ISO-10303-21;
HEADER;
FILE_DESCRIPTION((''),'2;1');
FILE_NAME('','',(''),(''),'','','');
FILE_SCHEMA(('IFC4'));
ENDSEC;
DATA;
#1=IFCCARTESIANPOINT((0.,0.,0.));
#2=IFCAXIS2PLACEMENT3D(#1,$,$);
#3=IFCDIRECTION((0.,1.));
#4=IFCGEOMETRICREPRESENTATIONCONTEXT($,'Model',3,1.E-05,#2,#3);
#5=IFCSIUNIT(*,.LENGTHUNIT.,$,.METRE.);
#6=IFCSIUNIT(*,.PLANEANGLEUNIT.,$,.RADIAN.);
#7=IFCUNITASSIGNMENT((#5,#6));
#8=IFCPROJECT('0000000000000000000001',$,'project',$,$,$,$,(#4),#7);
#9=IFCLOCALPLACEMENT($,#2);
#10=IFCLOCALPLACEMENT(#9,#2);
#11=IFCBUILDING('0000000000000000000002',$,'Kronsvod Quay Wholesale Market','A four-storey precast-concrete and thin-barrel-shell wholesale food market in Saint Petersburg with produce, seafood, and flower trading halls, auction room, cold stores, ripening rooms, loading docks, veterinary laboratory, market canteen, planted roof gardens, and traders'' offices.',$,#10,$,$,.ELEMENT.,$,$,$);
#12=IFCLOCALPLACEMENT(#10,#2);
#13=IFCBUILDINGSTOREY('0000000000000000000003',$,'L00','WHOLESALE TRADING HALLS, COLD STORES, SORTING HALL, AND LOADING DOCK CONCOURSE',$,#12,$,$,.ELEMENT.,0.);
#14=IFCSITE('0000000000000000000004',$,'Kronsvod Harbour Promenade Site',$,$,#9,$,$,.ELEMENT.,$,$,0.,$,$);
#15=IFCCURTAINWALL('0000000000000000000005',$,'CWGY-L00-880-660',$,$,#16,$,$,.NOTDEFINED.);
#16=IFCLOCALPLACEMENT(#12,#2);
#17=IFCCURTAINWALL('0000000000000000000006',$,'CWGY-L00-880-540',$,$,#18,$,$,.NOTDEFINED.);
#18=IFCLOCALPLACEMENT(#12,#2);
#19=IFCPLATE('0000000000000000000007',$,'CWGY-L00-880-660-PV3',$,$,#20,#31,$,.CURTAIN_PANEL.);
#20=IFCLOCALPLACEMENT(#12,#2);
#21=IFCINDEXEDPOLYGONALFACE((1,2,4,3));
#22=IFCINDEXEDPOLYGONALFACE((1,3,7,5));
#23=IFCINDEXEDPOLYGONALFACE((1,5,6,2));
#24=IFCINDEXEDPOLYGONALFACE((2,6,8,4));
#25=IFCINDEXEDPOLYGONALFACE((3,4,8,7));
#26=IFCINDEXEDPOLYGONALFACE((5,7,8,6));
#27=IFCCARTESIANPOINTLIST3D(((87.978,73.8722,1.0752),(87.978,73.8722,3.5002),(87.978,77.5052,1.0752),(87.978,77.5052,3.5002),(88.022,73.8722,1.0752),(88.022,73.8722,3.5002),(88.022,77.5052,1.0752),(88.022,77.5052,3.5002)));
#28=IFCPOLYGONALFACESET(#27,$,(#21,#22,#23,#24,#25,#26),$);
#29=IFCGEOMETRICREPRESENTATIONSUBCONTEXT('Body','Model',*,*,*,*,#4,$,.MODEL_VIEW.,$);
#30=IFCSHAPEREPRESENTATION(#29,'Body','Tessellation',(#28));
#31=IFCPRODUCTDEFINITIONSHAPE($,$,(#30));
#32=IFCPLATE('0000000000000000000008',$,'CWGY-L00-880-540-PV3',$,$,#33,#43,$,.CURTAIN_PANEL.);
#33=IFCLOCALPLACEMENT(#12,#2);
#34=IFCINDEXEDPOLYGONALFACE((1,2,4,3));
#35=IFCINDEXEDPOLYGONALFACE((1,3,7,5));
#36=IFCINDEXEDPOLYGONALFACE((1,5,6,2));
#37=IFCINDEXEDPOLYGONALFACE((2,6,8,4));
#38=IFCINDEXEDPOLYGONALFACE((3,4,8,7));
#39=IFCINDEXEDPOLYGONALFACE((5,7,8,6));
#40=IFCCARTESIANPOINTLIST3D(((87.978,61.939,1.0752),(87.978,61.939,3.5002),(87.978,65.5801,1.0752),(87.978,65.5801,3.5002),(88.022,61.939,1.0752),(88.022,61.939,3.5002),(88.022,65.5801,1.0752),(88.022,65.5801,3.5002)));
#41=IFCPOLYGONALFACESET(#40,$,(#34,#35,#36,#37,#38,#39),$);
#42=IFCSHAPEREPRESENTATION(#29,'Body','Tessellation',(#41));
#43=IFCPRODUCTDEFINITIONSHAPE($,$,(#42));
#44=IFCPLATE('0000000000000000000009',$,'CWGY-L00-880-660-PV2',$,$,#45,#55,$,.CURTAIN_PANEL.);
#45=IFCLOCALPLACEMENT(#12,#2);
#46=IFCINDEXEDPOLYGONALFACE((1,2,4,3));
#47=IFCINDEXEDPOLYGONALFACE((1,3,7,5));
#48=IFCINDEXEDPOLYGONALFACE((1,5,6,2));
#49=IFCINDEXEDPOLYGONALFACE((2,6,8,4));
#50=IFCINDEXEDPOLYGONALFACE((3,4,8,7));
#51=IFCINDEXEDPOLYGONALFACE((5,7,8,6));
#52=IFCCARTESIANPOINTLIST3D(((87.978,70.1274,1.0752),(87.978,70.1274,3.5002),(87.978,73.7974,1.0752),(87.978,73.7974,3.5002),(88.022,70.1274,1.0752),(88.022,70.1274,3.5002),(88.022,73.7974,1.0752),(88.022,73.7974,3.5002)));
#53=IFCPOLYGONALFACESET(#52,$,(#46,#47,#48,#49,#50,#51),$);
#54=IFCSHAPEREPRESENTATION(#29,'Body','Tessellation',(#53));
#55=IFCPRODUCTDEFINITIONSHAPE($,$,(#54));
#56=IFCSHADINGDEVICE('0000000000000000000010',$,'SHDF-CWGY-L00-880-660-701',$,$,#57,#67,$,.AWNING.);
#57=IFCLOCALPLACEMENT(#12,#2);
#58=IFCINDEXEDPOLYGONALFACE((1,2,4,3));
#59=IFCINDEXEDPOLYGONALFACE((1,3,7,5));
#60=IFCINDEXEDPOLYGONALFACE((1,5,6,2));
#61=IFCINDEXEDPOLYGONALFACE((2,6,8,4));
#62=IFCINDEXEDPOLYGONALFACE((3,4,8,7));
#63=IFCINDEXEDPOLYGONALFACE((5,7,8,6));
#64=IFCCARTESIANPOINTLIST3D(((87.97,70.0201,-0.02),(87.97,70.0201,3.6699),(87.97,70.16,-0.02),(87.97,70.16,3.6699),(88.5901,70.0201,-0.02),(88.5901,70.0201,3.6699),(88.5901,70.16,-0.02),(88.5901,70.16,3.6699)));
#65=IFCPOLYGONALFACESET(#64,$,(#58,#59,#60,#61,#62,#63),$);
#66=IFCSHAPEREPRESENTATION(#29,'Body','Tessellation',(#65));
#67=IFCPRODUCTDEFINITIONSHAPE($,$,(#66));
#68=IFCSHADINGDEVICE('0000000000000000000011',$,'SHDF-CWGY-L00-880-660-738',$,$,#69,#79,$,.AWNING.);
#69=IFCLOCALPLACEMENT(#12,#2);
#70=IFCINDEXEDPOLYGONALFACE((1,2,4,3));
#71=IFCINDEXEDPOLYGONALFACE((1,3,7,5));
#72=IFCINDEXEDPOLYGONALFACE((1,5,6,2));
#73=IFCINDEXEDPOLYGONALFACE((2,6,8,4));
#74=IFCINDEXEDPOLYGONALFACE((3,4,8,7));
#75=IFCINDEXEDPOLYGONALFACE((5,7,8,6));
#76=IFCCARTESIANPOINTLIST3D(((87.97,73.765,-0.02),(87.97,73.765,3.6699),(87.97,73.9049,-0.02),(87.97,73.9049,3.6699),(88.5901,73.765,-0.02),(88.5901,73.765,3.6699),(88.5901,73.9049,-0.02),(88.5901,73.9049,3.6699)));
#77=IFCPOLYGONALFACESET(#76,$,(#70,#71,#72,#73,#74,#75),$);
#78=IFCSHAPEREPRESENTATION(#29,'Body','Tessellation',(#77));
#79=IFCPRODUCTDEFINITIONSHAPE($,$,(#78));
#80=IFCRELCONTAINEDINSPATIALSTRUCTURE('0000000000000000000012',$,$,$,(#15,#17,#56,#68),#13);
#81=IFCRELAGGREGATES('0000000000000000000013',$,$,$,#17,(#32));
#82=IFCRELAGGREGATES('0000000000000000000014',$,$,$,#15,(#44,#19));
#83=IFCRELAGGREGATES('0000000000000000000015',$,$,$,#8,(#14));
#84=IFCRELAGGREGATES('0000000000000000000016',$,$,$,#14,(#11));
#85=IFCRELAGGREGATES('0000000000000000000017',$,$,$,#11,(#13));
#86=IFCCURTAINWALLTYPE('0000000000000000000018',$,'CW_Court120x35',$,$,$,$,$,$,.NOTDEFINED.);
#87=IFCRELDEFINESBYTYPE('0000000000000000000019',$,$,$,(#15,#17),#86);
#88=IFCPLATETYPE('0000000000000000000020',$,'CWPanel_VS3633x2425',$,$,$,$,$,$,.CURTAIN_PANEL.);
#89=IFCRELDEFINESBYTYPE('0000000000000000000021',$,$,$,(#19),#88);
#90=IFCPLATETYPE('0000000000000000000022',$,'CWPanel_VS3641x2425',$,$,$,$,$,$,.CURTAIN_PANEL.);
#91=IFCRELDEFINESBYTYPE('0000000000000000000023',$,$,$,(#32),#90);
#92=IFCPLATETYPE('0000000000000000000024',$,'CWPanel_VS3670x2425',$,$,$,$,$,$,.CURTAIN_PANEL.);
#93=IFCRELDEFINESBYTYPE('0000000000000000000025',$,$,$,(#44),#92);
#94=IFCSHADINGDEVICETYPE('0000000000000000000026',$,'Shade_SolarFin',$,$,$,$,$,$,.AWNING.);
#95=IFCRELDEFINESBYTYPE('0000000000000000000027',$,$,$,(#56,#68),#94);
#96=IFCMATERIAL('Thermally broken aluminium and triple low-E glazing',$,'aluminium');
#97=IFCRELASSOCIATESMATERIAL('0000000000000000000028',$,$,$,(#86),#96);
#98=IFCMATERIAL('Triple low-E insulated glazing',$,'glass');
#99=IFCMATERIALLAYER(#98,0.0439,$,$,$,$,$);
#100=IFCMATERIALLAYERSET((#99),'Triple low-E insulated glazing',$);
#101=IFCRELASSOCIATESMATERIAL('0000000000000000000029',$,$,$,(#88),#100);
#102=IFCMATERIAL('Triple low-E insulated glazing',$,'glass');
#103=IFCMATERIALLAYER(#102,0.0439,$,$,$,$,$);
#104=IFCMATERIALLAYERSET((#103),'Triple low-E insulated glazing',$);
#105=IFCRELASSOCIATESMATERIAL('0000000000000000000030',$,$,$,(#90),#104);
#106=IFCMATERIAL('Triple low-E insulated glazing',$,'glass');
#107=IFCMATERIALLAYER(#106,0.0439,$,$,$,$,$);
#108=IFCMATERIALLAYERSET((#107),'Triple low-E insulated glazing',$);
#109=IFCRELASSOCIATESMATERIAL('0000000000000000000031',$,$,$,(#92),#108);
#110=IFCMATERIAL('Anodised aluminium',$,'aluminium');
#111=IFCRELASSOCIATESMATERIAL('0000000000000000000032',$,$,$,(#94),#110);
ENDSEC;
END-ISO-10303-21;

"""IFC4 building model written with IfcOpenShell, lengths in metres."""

from ifc_helpers import new_model, si_unit, direction, frame, origin, origin_2d, place, context, subcontext, project, spatial, rectangle, extrude, material, layer, layer_set, type_object, element, aggregate, save


model = new_model("IFC4")

# Units and contexts
model_context = context("Model", 3, precision=1e-05, world=origin(), true_north=direction((0.0, 1.0)))
body_context = subcontext(model_context, "Body", "Model", "MODEL_VIEW")
ifc_project = project(units=[si_unit("LENGTHUNIT", "METRE"), si_unit("PLANEANGLEUNIT", "RADIAN")], contexts=[model_context])

# Site, building, storey
site_placement = place(None, origin())
site = spatial("IfcSite", under=ifc_project, at=site_placement, Name="Kronsvod Harbour Promenade Site", CompositionType="ELEMENT", RefElevation=0.0)
building_placement = place(site_placement, origin())
building = spatial("IfcBuilding", under=site, at=building_placement, Name="Kronsvod Quay Wholesale Market", Description="A four-storey precast-concrete and thin-barrel-shell wholesale food market in Saint Petersburg with produce, seafood, and flower trading halls, auction room, cold stores, ripening rooms, loading docks, veterinary laboratory, market canteen, planted roof gardens, and traders' offices.", CompositionType="ELEMENT")
storey_placement = place(building_placement, origin())
storey = spatial("IfcBuildingStorey", under=building, at=storey_placement, Name="L00", Description="WHOLESALE TRADING HALLS, COLD STORES, SORTING HALL, AND LOADING DOCK CONCOURSE", CompositionType="ELEMENT", Elevation=0.0)

# Curtain wall
ifc_material_1 = material(Name="Thermally broken aluminium and triple low-E glazing", Category="aluminium")
curtain_wall_type = type_object("IfcCurtainWallType", Name="CW_Court120x35", PredefinedType="NOTDEFINED", material=ifc_material_1)
curtain_wall_1_placement = place(storey_placement, origin())
curtain_wall_1 = element("IfcCurtainWall", 1, at=curtain_wall_1_placement, inside=storey, type_object=curtain_wall_type, Name="CWGY-L00-880-660", PredefinedType="NOTDEFINED")

# Curtain wall
curtain_wall_2_placement = place(storey_placement, origin())
curtain_wall_2 = element("IfcCurtainWall", 2, at=curtain_wall_2_placement, inside=storey, type_object=curtain_wall_type, Name="CWGY-L00-880-540", PredefinedType="NOTDEFINED")

# Plates
ifc_material_2 = material(Name="Triple low-E insulated glazing", Category="glass")
ifc_layer_1 = layer(ifc_material_2, 0.0439)
ifc_layer_set_1 = layer_set([ifc_layer_1], Name="Triple low-E insulated glazing")
plate_type_1 = type_object("IfcPlateType", Name="CWPanel_VS3633x2425", PredefinedType="CURTAIN_PANEL", material=ifc_layer_set_1)
plate_1_placement = place(storey_placement, frame((88.0, 75.6887, 1.0752), z_axis=(0.0, 0.0, 1.0), x_axis=(0.0, 1.0, 0.0)))
plate_1 = element("IfcPlate", 3, at=plate_1_placement, type_object=plate_type_1, Name="CWGY-L00-880-660-PV3", PredefinedType="CURTAIN_PANEL", context=body_context, shape_type="SweptSolid", body=[
    extrude(rectangle(XDim=3.6331, YDim=0.0439, at=origin_2d()), origin(), (0.0, 0.0, 1.0), 2.425),
])
ifc_material_3 = material(Name="Triple low-E insulated glazing", Category="glass")
ifc_layer_2 = layer(ifc_material_3, 0.0439)
ifc_layer_set_2 = layer_set([ifc_layer_2], Name="Triple low-E insulated glazing")
plate_type_2 = type_object("IfcPlateType", Name="CWPanel_VS3641x2425", PredefinedType="CURTAIN_PANEL", material=ifc_layer_set_2)
plate_2_placement = place(storey_placement, frame((88.0, 63.7595, 1.0752), z_axis=(0.0, 0.0, 1.0), x_axis=(0.0, 1.0, 0.0)))
plate_2 = element("IfcPlate", 4, at=plate_2_placement, type_object=plate_type_2, Name="CWGY-L00-880-540-PV3", PredefinedType="CURTAIN_PANEL", context=body_context, shape_type="SweptSolid", body=[
    extrude(rectangle(XDim=3.6411, YDim=0.0439, at=origin_2d()), origin(), (0.0, 0.0, 1.0), 2.425),
])
aggregate(curtain_wall_2, [plate_2])
ifc_material_4 = material(Name="Triple low-E insulated glazing", Category="glass")
ifc_layer_3 = layer(ifc_material_4, 0.0439)
ifc_layer_set_3 = layer_set([ifc_layer_3], Name="Triple low-E insulated glazing")
plate_type_3 = type_object("IfcPlateType", Name="CWPanel_VS3670x2425", PredefinedType="CURTAIN_PANEL", material=ifc_layer_set_3)
plate_3_placement = place(storey_placement, frame((88.0, 71.9624, 1.0752), z_axis=(0.0, 0.0, 1.0), x_axis=(0.0, 1.0, 0.0)))
plate_3 = element("IfcPlate", 5, at=plate_3_placement, type_object=plate_type_3, Name="CWGY-L00-880-660-PV2", PredefinedType="CURTAIN_PANEL", context=body_context, shape_type="SweptSolid", body=[
    extrude(rectangle(XDim=3.6699, YDim=0.0439, at=origin_2d()), origin(), (0.0, 0.0, 1.0), 2.425),
])
aggregate(curtain_wall_1, [plate_3, plate_1])

# Shading devices
ifc_material_5 = material(Name="Anodised aluminium", Category="aluminium")
shading_device_type = type_object("IfcShadingDeviceType", Name="Shade_SolarFin", PredefinedType="AWNING", material=ifc_material_5)
for number, where, z_axis, x_axis, name in (
    (6, (88.28, 70.0901, -0.02), (0.0, 0.0, 1.0), (1.0, 0.0, 0.0), "SHDF-CWGY-L00-880-660-701"),
    (7, (88.28, 73.835, -0.02), (0.0, 0.0, 1.0), (1.0, 0.0, 0.0), "SHDF-CWGY-L00-880-660-738"),
):
    element("IfcShadingDevice", number, at=place(storey_placement, frame(where, z_axis=z_axis, x_axis=x_axis)), inside=storey, type_object=shading_device_type, Name=name, PredefinedType="AWNING", context=body_context, shape_type="SweptSolid", body=[
        extrude(rectangle(XDim=0.6201, YDim=0.1399, at=origin_2d()), origin(), (0.0, 0.0, 1.0), 3.6899),
    ])

save(model, "model.ifc")
